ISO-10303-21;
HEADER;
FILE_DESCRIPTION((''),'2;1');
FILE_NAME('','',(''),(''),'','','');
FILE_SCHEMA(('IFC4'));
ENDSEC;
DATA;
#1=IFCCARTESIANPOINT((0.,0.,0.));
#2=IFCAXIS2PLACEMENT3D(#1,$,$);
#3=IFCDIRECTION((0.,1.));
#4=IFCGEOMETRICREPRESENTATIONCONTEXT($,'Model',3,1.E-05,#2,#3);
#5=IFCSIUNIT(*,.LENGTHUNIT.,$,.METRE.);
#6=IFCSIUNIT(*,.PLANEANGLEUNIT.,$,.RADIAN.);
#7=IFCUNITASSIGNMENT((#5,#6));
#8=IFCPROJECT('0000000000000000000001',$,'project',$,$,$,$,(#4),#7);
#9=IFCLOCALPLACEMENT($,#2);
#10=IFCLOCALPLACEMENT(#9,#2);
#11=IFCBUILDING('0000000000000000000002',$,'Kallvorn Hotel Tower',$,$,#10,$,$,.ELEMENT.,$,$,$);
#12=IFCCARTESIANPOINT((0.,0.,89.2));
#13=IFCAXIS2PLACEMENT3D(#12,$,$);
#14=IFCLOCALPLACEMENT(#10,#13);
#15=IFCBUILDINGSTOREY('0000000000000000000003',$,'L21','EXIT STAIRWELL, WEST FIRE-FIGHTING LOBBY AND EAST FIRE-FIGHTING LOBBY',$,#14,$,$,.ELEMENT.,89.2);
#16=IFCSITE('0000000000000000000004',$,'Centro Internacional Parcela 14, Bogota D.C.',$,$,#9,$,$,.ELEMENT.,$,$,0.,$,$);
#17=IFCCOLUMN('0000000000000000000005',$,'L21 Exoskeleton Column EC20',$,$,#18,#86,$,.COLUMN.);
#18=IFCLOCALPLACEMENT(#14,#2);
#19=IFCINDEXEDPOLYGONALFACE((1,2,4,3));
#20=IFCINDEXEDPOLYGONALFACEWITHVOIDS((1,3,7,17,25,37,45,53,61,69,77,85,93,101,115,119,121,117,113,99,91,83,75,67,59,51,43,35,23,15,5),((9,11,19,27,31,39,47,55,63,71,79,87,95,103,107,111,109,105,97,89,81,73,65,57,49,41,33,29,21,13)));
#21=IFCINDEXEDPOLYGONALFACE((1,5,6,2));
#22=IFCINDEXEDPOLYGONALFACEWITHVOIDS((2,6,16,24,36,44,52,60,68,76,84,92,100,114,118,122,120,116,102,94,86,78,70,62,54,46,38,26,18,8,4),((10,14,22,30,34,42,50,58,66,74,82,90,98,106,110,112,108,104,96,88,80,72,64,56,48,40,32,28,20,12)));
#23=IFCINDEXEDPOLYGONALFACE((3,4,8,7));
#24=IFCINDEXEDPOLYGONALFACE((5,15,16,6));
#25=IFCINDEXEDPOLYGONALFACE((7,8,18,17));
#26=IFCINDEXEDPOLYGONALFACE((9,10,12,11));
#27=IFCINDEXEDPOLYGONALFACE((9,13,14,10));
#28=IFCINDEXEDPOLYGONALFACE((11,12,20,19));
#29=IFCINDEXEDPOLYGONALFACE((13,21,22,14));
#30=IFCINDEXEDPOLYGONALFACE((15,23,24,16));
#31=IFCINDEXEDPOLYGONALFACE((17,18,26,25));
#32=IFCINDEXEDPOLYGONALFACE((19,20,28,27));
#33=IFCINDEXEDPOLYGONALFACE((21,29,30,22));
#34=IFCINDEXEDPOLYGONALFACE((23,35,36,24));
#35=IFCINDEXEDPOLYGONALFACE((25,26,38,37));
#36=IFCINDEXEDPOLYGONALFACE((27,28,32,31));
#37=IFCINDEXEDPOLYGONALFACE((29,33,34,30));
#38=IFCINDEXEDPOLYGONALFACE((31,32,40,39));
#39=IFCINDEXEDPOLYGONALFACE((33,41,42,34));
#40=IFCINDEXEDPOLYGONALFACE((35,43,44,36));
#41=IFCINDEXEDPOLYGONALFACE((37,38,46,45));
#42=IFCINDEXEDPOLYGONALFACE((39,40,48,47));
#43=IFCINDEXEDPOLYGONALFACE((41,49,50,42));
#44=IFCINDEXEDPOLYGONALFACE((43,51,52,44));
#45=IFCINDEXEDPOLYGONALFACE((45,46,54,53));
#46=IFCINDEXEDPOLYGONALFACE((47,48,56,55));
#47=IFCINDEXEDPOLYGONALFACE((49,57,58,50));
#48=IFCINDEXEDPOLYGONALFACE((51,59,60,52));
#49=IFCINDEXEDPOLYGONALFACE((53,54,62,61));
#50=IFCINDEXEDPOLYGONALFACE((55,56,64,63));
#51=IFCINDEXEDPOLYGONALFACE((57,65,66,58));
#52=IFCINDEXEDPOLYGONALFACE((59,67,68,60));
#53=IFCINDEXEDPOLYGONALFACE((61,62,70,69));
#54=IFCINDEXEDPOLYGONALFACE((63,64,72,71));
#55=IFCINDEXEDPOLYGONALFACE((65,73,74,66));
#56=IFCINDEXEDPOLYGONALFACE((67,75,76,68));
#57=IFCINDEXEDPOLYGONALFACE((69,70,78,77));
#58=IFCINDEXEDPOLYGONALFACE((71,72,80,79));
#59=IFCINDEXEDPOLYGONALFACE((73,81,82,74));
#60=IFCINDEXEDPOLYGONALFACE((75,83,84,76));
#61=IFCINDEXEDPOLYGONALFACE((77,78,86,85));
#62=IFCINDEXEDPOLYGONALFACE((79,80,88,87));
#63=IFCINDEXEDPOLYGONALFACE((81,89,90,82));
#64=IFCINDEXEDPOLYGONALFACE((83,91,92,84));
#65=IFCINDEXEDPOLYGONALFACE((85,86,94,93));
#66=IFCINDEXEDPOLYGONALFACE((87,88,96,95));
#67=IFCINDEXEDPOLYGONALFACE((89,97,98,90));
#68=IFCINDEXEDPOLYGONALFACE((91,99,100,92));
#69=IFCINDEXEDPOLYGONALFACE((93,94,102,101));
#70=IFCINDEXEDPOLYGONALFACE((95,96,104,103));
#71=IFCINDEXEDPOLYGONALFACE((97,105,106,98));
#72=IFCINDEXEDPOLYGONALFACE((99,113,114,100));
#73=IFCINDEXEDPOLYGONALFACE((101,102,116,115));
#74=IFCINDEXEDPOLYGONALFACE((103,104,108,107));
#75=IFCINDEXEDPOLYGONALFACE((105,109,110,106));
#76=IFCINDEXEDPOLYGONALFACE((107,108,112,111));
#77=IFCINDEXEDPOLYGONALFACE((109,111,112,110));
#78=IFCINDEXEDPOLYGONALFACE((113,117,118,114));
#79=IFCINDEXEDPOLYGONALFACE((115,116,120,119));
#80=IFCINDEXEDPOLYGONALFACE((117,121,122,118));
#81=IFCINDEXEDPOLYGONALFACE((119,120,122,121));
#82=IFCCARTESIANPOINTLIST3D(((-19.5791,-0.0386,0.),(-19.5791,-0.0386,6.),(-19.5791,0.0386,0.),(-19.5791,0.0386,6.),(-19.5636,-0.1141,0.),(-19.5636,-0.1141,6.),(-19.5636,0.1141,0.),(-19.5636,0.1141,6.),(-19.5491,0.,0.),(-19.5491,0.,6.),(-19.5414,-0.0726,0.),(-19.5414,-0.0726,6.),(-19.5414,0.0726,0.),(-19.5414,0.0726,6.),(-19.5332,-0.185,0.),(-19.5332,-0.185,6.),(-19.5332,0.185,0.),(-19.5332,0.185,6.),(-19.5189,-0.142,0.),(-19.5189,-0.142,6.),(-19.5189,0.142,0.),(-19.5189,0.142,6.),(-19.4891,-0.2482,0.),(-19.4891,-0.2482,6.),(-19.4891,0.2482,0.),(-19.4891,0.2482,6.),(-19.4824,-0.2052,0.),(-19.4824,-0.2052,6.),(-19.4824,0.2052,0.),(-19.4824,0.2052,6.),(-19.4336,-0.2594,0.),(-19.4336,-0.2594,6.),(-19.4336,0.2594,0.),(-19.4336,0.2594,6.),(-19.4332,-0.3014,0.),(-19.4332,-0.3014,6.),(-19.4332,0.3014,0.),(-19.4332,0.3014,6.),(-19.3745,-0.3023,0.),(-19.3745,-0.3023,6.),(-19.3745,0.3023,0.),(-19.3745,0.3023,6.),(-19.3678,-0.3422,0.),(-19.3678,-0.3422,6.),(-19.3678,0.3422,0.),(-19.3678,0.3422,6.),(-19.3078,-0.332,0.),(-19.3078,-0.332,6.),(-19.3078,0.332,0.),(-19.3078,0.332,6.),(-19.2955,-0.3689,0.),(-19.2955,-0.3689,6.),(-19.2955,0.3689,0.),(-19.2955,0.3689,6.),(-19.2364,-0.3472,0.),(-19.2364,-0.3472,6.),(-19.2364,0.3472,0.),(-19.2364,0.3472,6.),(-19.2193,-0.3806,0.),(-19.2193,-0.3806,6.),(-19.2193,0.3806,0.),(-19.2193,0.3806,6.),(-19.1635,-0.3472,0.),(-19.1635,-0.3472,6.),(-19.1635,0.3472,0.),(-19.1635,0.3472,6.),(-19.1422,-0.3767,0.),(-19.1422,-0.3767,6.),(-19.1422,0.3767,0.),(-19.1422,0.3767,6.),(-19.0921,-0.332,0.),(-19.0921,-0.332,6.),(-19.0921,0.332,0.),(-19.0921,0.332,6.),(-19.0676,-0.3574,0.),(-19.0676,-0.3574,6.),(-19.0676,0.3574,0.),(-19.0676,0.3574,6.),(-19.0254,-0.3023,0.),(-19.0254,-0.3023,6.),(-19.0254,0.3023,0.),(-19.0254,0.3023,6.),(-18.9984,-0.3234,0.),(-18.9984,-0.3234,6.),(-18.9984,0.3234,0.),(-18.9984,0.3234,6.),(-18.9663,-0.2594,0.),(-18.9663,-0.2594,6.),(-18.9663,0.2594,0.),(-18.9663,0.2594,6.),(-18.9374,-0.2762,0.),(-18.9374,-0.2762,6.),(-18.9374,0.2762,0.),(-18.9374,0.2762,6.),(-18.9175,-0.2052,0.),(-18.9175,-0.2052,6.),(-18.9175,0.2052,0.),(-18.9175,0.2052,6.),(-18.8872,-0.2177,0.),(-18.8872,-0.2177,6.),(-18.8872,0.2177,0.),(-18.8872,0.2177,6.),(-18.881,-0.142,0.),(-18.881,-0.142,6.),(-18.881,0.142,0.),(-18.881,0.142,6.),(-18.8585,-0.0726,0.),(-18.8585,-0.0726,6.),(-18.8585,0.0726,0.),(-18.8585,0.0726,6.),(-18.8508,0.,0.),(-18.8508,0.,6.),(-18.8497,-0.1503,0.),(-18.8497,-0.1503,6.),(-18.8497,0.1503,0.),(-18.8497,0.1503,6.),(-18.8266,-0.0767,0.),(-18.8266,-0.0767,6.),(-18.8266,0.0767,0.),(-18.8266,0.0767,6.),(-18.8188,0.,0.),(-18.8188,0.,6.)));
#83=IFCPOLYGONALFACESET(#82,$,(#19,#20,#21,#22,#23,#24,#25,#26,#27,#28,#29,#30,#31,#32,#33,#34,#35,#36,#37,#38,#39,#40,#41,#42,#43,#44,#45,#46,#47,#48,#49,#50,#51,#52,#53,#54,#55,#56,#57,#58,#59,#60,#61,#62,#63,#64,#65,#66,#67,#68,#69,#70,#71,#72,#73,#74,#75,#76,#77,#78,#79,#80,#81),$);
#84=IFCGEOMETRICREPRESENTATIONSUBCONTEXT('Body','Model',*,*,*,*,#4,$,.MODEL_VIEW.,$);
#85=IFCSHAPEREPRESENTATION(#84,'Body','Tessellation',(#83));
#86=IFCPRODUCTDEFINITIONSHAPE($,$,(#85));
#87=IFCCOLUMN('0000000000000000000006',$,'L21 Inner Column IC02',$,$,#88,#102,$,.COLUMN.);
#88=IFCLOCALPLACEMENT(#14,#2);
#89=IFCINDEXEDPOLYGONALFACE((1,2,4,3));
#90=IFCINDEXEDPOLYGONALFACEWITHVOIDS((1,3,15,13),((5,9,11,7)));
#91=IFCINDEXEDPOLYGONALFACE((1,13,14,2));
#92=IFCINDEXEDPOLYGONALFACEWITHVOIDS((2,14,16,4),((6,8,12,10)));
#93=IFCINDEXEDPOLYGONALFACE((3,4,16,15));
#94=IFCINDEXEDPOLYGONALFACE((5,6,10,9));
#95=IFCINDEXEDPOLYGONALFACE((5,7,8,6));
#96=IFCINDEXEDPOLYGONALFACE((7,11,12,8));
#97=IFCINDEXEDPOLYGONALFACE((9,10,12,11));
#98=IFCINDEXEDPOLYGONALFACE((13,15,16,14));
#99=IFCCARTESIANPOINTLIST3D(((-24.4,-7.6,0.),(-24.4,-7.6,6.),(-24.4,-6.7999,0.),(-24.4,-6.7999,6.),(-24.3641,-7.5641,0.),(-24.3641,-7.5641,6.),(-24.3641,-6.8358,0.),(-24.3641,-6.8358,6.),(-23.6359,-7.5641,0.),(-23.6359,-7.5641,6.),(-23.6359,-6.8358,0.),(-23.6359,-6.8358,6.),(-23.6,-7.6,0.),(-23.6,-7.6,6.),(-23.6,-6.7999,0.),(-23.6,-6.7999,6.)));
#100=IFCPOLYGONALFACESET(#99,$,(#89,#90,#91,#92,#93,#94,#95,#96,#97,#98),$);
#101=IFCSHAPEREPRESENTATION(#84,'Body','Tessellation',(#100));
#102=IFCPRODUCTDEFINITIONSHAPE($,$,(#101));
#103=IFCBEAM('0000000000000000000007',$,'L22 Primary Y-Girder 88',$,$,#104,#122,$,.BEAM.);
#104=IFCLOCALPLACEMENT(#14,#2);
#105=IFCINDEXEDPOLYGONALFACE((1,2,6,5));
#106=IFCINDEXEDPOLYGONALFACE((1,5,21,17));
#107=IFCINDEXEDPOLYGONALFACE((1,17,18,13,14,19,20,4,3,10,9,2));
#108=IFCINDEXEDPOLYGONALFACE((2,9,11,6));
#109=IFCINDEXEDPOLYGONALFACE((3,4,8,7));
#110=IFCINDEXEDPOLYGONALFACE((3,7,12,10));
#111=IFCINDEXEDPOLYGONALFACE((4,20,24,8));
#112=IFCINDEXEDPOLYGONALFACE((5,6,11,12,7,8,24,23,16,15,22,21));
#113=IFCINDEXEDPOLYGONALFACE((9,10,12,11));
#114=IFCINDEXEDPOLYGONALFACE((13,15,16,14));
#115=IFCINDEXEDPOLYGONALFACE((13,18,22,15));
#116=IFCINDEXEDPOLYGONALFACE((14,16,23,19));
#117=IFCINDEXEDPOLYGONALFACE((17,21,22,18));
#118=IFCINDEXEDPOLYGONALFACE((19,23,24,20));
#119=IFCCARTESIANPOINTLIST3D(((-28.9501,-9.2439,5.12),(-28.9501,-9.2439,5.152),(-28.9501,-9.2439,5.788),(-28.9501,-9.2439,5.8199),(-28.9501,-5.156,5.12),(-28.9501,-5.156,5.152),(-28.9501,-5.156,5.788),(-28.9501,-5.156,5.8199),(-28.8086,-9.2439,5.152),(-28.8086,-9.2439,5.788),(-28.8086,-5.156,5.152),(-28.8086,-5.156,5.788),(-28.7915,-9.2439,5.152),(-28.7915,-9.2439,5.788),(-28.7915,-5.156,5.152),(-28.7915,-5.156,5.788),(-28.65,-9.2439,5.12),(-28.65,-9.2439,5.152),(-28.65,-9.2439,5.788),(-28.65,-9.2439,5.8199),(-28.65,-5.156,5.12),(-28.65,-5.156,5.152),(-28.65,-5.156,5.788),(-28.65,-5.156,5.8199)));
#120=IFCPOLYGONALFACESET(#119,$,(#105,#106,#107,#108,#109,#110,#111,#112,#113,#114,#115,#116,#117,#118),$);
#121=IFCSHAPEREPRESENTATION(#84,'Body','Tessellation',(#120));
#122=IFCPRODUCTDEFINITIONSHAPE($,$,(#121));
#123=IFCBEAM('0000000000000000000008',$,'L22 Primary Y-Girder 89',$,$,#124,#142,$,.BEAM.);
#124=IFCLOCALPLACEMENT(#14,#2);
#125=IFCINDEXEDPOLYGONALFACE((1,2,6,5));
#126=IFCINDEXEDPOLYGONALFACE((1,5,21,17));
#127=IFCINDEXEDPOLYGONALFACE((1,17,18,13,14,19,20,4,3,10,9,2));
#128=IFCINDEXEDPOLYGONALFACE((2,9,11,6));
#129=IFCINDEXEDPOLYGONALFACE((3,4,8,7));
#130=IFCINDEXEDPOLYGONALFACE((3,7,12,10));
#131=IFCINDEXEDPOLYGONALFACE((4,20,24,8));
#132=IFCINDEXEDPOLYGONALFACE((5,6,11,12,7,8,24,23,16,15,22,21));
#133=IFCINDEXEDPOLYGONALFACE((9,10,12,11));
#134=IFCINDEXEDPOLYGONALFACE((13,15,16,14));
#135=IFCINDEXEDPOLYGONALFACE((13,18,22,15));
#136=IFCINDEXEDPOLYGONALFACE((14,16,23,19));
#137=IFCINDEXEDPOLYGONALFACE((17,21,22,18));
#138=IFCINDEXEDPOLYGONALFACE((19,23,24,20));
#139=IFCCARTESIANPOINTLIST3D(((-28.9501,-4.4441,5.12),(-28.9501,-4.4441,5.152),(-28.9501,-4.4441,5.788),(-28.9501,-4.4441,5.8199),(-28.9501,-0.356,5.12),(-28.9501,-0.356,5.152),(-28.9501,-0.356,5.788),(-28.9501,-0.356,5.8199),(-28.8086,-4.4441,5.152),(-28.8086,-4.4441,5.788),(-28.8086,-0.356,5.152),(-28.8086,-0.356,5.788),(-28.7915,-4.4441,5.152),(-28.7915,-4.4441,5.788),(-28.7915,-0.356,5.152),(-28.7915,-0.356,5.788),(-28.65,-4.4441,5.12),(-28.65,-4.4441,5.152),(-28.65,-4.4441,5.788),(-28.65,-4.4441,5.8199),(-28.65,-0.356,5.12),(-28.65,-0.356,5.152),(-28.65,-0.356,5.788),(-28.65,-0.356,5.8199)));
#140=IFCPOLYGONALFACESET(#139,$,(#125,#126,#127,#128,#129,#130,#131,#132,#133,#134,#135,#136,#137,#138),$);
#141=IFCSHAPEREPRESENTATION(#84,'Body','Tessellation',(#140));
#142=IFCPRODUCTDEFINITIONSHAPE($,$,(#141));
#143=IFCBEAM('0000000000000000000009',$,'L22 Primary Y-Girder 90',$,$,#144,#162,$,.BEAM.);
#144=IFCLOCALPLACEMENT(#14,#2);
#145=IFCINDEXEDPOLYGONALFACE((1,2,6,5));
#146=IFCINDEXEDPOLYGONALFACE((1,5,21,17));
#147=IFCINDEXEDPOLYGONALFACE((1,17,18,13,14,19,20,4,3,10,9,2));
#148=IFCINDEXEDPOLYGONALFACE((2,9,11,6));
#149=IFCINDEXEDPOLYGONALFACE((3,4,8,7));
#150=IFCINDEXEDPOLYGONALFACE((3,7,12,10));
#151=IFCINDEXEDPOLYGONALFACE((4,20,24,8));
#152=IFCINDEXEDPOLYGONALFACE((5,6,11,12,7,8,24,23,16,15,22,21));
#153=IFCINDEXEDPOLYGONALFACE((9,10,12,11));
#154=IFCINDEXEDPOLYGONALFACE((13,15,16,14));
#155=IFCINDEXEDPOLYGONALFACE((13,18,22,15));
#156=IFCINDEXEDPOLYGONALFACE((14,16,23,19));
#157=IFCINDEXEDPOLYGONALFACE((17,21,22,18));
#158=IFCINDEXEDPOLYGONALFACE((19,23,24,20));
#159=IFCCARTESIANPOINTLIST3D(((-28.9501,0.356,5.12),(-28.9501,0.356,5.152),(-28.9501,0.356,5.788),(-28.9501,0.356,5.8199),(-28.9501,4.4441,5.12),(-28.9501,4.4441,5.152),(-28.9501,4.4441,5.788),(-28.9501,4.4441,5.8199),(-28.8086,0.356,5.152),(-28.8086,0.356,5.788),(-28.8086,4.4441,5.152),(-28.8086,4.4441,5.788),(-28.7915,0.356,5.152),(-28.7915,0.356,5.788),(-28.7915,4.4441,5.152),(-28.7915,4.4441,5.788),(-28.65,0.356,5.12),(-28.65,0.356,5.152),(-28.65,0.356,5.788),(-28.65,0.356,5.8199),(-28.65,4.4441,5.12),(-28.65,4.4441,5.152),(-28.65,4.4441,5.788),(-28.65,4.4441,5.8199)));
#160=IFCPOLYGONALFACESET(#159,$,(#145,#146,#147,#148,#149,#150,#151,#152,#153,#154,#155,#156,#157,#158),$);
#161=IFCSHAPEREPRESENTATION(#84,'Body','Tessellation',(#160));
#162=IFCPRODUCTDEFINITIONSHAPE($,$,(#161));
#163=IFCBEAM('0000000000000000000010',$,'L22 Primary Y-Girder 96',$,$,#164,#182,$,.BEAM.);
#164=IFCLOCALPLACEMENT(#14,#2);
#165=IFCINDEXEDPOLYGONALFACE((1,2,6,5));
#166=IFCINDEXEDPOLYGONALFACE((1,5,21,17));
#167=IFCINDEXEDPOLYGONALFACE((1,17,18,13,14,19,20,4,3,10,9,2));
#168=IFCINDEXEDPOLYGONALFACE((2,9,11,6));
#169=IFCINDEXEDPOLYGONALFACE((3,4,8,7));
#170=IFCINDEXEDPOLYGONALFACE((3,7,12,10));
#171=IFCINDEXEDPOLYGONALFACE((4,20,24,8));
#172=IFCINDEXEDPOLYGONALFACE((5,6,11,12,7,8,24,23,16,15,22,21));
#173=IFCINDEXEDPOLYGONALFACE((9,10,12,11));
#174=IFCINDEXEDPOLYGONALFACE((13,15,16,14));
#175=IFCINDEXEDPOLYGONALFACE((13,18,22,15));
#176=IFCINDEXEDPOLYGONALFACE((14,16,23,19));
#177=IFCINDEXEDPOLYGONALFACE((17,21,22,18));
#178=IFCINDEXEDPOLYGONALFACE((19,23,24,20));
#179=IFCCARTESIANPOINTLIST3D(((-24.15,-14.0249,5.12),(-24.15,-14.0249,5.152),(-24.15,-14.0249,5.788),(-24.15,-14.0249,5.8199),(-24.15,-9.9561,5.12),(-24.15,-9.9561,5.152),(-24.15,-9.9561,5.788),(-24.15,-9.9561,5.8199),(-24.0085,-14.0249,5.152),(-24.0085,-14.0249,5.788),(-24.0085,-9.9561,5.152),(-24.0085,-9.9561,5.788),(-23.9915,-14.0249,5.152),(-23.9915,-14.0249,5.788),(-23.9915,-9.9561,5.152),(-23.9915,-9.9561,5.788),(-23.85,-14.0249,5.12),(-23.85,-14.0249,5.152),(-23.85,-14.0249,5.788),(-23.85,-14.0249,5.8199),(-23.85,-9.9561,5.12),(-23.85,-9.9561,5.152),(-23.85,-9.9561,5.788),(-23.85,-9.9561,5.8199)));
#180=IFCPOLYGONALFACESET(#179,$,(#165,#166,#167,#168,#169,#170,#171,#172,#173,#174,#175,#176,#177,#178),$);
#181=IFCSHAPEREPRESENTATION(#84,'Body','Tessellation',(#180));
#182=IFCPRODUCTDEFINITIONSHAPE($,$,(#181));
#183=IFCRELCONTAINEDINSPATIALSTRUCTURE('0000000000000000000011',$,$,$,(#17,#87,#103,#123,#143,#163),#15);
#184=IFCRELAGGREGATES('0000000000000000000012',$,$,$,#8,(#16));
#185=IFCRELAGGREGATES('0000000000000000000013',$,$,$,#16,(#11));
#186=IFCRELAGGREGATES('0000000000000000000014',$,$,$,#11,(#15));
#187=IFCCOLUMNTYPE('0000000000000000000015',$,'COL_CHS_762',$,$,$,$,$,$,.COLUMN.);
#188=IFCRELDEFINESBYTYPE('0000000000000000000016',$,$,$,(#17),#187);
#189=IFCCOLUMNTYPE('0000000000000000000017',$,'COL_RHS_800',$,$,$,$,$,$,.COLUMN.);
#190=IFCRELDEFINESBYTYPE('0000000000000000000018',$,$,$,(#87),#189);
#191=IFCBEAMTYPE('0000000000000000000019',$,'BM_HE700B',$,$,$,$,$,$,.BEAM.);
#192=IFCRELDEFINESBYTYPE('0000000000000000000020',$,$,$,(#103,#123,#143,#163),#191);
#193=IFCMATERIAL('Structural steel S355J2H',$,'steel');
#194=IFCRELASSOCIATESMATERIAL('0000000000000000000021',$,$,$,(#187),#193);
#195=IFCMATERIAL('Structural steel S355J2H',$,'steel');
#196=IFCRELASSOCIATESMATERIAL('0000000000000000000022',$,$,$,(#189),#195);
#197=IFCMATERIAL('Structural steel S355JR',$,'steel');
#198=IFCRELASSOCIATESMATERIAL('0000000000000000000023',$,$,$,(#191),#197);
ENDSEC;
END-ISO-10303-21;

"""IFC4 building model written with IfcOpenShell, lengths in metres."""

from ifc_helpers import new_model, si_unit, direction, frame, origin, origin_2d, place, context, subcontext, project, spatial, hollow_rectangle, hollow_circle, i_section, extrude, material, material_profile, profile_set, type_object, element, save


model = new_model("IFC4")

# Units and contexts
model_context = context("Model", 3, precision=1e-05, world=origin(), true_north=direction((0.0, 1.0)))
body_context = subcontext(model_context, "Body", "Model", "MODEL_VIEW")
ifc_project = project(units=[si_unit("LENGTHUNIT", "METRE"), si_unit("PLANEANGLEUNIT", "RADIAN")], contexts=[model_context])

# Site, building, storey
site_placement = place(None, origin())
site = spatial("IfcSite", under=ifc_project, at=site_placement, Name="Centro Internacional Parcela 14, Bogota D.C.", CompositionType="ELEMENT", RefElevation=0.0)
building_placement = place(site_placement, origin())
building = spatial("IfcBuilding", under=site, at=building_placement, Name="Kallvorn Hotel Tower", CompositionType="ELEMENT")
storey_placement = place(building_placement, frame((0.0, 0.0, 89.2)))
storey = spatial("IfcBuildingStorey", under=building, at=storey_placement, Name="L21", Description="EXIT STAIRWELL, WEST FIRE-FIGHTING LOBBY AND EAST FIRE-FIGHTING LOBBY", CompositionType="ELEMENT", Elevation=89.2)

# Columns
ifc_material_1 = material(Name="Structural steel S355J2H", Category="steel")
ifc_material_profile_1 = material_profile(ifc_material_1, hollow_circle(Radius=0.3811, WallThickness=0.032, at=origin_2d()), Name="CHS 762x32")
ifc_profile_set_1 = profile_set([ifc_material_profile_1], Name="Structural steel S355J2H")
column_type_1 = type_object("IfcColumnType", Name="COL_CHS_762", PredefinedType="COLUMN", material=ifc_profile_set_1)
for number, where, z_axis, x_axis, name in (
    (1, (-19.2, 0.0, 0.0), (0.0, 0.0, 1.0), (1.0, 0.0, 0.0), "L21 Exoskeleton Column EC20"),
):
    element("IfcColumn", number, at=place(storey_placement, frame(where, z_axis=z_axis, x_axis=x_axis)), inside=storey, type_object=column_type_1, Name=name, PredefinedType="COLUMN", context=body_context, shape_type="SweptSolid", body=[
        extrude(hollow_circle(Radius=0.3811, WallThickness=0.032, at=origin_2d()), origin(), (0.0, 0.0, 1.0), 6.0),
    ])
ifc_material_2 = material(Name="Structural steel S355J2H", Category="steel")
ifc_material_profile_2 = material_profile(ifc_material_2, hollow_rectangle(XDim=0.8, YDim=0.8, WallThickness=0.0359, at=origin_2d()), Name="RHS 800x800x36")
ifc_profile_set_2 = profile_set([ifc_material_profile_2], Name="Structural steel S355J2H")
column_type_2 = type_object("IfcColumnType", Name="COL_RHS_800", PredefinedType="COLUMN", material=ifc_profile_set_2)
column_placement = place(storey_placement, frame((-24.0, -7.2, 0.0), z_axis=(0.0, 0.0, 1.0), x_axis=(1.0, 0.0, 0.0)))
element("IfcColumn", 2, at=column_placement, inside=storey, type_object=column_type_2, Name="L21 Inner Column IC02", PredefinedType="COLUMN", context=body_context, shape_type="SweptSolid", body=[
    extrude(hollow_rectangle(XDim=0.8, YDim=0.8, WallThickness=0.0359, at=origin_2d()), origin(), (0.0, 0.0, 1.0), 6.0),
])

# Beams
ifc_material_3 = material(Name="Structural steel S355JR", Category="steel")
ifc_material_profile_3 = material_profile(ifc_material_3, i_section(OverallWidth=0.3, OverallDepth=0.7, WebThickness=0.0171, FlangeThickness=0.032, at=origin_2d()), Name="HE 700 B")
ifc_profile_set_3 = profile_set([ifc_material_profile_3], Name="Structural steel S355JR")
beam_type_1 = type_object("IfcBeamType", Name="BM_HE700B", PredefinedType="BEAM", material=ifc_profile_set_3)
beam_1_placement = place(storey_placement, frame((-28.8, -9.2439, 5.47), z_axis=(0.0, 1.0, 0.0), x_axis=(-1.0, 0.0, 0.0)))
element("IfcBeam", 3, at=beam_1_placement, inside=storey, type_object=beam_type_1, Name="L22 Primary Y-Girder 88", PredefinedType="BEAM", context=body_context, shape_type="SweptSolid", body=[
    extrude(i_section(OverallWidth=0.3, OverallDepth=0.7, WebThickness=0.0171, FlangeThickness=0.032, at=origin_2d()), origin(), (0.0, 0.0, 1.0), 4.0879),
])
for number, where, z_axis, x_axis, name in (
    (4, (-28.8, -4.4441, 5.47), (0.0, 1.0, 0.0), (-1.0, 0.0, 0.0), "L22 Primary Y-Girder 89"),
    (5, (-28.8, 0.356, 5.47), (0.0, 1.0, 0.0), (-1.0, 0.0, 0.0), "L22 Primary Y-Girder 90"),
):
    element("IfcBeam", number, at=place(storey_placement, frame(where, z_axis=z_axis, x_axis=x_axis)), inside=storey, type_object=beam_type_1, Name=name, PredefinedType="BEAM", context=body_context, shape_type="SweptSolid", body=[
        extrude(i_section(OverallWidth=0.3, OverallDepth=0.7, WebThickness=0.0171, FlangeThickness=0.032, at=origin_2d()), origin(), (0.0, 0.0, 1.0), 4.0881),
    ])
beam_2_placement = place(storey_placement, frame((-24.0, -14.0249, 5.47), z_axis=(0.0, 1.0, 0.0), x_axis=(-1.0, 0.0, 0.0)))
element("IfcBeam", 6, at=beam_2_placement, inside=storey, type_object=beam_type_1, Name="L22 Primary Y-Girder 96", PredefinedType="BEAM", context=body_context, shape_type="SweptSolid", body=[
    extrude(i_section(OverallWidth=0.3, OverallDepth=0.7, WebThickness=0.0171, FlangeThickness=0.032, at=origin_2d()), origin(), (0.0, 0.0, 1.0), 4.0688),
])

save(model, "model.ifc")
